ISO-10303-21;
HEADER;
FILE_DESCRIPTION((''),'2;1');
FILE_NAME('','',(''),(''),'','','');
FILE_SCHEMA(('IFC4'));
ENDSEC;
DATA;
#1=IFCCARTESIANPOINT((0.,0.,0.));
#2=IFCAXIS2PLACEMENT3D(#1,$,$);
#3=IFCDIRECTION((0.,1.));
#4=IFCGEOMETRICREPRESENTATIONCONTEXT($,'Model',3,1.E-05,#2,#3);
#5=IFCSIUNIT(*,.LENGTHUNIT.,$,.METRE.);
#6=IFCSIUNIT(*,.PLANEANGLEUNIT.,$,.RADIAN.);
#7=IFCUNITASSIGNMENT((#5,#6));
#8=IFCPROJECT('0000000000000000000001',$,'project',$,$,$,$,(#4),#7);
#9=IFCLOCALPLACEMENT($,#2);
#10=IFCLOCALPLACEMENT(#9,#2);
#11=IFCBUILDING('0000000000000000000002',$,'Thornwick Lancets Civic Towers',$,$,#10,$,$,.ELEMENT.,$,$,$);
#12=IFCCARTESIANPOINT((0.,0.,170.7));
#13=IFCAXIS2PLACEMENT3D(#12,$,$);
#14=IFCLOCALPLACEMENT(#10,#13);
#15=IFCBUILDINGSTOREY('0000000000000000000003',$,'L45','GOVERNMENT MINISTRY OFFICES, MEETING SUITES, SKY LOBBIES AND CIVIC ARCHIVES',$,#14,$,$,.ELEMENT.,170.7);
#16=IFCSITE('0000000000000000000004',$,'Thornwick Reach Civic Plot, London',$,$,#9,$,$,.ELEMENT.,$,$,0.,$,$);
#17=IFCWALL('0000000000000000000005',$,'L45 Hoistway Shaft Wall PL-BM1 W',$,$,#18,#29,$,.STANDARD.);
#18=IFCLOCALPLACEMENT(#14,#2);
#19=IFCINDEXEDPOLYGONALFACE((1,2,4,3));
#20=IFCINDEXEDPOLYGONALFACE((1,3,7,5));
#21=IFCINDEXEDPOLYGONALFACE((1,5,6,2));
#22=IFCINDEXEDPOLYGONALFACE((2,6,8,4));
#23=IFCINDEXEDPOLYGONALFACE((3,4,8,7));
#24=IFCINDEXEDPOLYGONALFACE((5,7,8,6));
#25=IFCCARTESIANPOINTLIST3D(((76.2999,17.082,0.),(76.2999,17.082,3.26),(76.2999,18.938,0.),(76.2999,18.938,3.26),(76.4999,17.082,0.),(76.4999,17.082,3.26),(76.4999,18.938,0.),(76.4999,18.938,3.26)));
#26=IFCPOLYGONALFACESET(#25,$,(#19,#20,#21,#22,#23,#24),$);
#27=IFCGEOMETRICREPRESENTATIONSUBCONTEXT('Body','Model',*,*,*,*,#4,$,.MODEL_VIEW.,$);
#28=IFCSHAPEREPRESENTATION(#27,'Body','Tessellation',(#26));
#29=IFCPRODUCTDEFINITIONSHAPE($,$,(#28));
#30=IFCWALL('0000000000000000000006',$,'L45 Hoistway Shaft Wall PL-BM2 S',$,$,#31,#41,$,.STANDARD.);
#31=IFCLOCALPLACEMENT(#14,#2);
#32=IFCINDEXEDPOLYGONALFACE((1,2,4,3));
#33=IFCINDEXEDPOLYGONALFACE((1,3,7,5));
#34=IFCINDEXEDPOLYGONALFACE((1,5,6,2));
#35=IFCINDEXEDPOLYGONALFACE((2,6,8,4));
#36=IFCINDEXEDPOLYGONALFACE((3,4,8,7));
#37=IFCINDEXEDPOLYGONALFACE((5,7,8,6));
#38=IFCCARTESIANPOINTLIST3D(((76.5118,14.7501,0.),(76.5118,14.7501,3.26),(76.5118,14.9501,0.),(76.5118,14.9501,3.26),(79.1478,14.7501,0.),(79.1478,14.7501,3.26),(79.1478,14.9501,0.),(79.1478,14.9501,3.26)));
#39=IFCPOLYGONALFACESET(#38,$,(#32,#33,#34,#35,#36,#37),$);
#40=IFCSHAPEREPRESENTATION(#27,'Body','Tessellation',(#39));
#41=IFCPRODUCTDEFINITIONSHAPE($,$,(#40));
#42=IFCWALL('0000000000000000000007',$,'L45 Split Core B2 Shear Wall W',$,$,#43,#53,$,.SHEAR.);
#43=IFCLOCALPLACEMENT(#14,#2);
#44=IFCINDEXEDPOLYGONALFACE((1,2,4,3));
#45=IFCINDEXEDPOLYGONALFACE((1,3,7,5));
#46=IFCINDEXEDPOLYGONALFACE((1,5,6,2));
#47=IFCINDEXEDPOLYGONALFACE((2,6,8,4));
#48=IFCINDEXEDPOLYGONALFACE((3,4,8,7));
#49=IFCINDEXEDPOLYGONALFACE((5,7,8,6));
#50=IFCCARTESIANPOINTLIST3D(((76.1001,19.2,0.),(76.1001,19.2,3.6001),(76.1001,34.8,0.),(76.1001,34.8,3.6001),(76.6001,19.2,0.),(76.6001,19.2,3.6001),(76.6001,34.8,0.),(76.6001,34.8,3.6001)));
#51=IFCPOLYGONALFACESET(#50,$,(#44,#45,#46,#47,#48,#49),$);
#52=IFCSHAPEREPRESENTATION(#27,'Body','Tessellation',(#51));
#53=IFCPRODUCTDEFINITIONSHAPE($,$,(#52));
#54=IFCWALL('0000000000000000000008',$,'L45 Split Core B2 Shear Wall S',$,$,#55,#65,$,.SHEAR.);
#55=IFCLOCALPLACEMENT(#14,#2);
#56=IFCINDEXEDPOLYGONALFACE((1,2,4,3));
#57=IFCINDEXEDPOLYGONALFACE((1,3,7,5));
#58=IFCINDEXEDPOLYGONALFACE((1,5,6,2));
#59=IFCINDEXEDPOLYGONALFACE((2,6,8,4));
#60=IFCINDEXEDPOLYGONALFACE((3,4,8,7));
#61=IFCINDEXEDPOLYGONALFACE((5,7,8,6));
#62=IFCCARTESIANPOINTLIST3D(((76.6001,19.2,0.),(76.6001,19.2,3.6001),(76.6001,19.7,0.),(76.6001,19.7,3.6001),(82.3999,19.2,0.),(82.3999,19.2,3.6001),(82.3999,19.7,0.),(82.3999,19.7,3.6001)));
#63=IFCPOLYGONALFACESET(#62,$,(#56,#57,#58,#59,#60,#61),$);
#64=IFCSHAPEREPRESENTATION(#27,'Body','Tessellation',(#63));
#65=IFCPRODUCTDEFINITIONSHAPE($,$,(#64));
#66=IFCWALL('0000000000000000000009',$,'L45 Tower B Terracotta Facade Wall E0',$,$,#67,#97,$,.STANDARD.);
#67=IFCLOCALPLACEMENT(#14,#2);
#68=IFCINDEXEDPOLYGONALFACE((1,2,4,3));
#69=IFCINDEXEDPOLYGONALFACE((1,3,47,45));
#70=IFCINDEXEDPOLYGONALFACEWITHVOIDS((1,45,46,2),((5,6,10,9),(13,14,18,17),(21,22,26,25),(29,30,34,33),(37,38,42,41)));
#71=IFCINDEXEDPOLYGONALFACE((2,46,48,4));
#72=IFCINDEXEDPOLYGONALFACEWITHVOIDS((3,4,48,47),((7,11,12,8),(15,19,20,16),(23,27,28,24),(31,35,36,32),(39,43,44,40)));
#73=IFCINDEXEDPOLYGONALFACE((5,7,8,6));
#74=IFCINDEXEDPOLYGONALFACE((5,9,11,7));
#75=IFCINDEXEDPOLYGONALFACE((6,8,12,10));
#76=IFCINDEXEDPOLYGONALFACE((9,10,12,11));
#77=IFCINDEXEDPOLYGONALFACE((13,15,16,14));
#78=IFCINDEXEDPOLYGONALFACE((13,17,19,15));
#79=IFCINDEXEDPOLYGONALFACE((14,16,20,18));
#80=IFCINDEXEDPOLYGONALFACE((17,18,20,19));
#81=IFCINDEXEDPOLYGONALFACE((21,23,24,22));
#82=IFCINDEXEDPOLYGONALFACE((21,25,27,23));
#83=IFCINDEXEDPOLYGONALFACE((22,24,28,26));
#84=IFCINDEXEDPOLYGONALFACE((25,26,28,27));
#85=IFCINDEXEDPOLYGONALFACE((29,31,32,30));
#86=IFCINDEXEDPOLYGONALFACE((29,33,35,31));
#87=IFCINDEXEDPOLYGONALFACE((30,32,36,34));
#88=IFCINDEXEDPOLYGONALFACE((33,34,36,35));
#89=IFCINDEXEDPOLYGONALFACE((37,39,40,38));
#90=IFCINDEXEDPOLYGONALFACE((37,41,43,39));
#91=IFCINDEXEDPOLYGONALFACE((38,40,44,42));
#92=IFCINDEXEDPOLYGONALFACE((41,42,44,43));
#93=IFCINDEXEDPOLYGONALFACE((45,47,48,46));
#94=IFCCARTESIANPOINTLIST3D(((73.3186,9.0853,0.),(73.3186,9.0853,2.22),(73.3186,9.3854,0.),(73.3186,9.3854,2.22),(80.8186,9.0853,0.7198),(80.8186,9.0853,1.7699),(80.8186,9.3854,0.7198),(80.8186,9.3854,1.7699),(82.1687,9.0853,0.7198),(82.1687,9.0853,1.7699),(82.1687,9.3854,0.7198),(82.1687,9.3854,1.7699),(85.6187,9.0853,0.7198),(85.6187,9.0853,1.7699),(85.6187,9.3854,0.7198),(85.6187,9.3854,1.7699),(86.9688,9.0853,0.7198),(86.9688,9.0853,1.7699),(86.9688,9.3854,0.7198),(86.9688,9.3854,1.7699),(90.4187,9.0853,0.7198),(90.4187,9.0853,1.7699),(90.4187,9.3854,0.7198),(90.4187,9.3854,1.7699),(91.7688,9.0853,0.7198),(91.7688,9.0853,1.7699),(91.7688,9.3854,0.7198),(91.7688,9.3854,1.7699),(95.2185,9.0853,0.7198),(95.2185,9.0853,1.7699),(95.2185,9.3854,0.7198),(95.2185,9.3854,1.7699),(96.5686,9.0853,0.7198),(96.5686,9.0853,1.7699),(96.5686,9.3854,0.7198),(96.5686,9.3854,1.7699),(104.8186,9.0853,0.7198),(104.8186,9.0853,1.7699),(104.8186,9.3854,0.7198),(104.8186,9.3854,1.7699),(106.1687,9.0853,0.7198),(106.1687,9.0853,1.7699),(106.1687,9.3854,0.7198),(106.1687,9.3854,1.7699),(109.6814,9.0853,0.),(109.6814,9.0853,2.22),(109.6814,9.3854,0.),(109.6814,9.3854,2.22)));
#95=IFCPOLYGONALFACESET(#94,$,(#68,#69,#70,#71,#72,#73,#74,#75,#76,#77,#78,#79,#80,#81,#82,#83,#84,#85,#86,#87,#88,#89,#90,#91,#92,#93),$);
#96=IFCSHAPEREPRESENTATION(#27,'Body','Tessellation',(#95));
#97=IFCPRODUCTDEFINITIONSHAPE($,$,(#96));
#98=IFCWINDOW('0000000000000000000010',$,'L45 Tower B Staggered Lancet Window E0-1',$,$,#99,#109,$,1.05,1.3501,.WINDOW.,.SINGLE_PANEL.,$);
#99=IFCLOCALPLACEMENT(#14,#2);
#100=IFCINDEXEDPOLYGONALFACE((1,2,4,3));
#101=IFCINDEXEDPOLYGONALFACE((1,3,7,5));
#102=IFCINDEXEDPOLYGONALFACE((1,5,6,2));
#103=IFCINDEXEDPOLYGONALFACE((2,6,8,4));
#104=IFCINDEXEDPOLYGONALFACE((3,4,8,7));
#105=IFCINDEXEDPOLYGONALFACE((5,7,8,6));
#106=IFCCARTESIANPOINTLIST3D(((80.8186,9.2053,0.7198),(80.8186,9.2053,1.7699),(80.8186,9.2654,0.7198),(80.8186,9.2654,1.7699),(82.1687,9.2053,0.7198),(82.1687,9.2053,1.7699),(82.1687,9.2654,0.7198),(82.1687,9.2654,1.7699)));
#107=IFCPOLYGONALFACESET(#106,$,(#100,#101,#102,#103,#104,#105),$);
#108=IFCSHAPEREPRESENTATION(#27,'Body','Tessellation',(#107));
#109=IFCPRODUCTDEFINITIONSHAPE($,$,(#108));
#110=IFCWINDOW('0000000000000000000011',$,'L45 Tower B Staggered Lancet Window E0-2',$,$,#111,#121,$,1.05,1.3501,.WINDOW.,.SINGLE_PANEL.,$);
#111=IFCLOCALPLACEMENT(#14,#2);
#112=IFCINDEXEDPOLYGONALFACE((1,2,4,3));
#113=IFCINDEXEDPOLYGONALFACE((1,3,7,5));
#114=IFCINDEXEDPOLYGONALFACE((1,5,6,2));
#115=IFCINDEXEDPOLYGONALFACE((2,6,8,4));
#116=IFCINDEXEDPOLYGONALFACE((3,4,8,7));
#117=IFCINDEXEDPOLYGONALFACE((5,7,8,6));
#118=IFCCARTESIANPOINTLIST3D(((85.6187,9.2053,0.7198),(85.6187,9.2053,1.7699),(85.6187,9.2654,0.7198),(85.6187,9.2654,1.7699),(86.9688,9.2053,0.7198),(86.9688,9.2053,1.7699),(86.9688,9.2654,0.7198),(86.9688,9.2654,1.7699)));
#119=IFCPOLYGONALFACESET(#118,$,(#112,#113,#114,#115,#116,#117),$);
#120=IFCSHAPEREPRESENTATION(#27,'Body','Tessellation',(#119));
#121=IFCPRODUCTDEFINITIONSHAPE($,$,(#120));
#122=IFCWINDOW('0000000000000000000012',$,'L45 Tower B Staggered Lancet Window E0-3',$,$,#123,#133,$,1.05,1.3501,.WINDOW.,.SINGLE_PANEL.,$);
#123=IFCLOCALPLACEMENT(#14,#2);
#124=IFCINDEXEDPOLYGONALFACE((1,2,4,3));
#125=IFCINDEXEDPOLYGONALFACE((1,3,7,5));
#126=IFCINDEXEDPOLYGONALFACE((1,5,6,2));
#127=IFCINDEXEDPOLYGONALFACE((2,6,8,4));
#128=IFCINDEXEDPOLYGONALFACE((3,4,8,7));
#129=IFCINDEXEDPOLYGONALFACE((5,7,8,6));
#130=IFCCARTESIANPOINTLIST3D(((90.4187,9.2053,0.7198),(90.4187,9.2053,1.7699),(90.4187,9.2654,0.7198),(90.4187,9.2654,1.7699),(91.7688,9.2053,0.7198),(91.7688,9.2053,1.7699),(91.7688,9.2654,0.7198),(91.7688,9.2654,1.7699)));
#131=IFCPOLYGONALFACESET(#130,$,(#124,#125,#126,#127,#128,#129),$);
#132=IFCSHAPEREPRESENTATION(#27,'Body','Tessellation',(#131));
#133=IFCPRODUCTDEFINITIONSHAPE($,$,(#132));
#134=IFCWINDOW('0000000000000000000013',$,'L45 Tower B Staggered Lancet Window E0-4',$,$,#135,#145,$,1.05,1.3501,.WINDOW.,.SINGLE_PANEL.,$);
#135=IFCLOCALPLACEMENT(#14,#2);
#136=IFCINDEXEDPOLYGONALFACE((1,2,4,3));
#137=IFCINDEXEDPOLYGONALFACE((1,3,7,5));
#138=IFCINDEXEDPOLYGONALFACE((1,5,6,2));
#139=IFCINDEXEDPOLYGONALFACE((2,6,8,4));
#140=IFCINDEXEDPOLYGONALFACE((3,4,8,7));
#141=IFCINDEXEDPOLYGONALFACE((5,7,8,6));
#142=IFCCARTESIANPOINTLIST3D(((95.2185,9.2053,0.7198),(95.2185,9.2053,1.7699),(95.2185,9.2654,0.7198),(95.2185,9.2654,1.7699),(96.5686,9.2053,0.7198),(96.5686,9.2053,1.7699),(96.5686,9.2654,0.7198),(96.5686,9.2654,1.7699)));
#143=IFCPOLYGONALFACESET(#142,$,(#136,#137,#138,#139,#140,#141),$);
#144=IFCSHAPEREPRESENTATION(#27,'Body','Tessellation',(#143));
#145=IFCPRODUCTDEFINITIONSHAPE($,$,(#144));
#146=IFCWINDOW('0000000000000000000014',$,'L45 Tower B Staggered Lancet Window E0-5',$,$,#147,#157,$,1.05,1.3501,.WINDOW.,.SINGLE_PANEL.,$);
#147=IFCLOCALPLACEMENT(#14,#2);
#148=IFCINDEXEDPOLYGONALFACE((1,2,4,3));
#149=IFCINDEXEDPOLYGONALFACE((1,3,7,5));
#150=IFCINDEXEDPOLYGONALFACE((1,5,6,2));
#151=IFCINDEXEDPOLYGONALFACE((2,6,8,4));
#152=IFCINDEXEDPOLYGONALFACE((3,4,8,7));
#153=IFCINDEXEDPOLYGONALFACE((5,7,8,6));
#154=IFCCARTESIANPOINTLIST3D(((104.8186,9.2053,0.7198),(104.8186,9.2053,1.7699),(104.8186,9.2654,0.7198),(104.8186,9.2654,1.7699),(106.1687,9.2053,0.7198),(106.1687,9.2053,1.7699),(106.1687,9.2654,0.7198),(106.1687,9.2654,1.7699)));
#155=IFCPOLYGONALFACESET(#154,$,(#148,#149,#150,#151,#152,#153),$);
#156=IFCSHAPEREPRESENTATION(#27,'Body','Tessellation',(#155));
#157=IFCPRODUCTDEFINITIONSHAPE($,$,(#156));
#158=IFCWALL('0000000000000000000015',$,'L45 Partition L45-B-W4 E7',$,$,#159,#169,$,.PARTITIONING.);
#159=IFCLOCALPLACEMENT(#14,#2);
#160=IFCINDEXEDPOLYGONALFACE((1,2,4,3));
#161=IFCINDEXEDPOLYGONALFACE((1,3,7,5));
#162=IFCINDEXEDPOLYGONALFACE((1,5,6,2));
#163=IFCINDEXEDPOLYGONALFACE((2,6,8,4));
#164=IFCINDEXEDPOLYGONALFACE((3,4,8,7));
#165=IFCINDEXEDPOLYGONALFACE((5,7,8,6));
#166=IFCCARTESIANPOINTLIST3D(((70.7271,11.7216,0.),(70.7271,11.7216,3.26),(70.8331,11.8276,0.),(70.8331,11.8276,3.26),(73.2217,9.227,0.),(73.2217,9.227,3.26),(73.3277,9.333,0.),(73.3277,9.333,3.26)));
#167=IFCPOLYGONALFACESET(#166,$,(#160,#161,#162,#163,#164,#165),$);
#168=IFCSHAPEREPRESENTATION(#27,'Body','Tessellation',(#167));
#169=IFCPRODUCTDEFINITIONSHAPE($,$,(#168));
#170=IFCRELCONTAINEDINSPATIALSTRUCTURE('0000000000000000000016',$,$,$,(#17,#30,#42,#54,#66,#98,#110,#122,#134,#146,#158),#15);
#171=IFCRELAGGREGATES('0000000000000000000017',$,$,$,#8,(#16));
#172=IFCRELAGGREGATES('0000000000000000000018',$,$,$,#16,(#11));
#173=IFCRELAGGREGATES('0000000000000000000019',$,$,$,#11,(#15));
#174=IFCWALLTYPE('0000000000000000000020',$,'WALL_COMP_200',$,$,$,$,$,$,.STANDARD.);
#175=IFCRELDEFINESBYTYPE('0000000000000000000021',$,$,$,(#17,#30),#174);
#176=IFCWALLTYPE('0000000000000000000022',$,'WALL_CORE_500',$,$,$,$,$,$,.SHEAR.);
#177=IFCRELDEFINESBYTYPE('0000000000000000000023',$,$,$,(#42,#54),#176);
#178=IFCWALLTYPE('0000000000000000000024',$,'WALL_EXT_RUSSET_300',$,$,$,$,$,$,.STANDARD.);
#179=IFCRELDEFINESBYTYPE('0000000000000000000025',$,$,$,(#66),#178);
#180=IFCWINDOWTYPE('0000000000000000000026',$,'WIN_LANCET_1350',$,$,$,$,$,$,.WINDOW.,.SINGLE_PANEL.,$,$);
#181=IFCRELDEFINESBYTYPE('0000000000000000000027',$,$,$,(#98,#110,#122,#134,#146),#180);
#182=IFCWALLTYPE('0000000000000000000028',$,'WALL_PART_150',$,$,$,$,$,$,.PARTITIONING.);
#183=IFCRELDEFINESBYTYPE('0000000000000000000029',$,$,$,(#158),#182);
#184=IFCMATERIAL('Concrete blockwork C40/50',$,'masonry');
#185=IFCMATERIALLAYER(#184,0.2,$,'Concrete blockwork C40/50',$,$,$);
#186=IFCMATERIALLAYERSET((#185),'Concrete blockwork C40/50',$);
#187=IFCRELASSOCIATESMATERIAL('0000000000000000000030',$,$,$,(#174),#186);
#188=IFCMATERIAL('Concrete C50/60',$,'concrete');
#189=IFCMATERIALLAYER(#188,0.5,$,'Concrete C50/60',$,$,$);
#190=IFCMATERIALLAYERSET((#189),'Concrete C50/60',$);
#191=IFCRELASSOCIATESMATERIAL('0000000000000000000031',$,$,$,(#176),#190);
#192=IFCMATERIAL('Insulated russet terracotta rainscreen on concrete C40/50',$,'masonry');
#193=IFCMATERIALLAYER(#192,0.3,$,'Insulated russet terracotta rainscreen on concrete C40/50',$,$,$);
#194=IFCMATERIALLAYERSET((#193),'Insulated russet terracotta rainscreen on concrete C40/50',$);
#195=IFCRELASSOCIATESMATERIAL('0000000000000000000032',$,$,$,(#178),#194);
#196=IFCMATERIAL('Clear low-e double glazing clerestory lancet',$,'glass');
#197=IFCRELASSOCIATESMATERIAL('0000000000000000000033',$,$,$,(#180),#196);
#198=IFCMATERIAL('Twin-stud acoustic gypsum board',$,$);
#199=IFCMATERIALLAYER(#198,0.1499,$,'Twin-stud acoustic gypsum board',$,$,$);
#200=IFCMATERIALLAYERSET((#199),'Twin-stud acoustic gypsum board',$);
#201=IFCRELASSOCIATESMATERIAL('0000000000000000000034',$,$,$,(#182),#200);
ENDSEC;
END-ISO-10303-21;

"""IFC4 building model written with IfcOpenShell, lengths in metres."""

from ifc_helpers import new_model, si_unit, direction, frame, frame_2d, origin, place, context, subcontext, project, spatial, rectangle, extrude, material, layer, layer_set, type_object, element, fill, save


model = new_model("IFC4")

# Units and contexts
model_context = context("Model", 3, precision=1e-05, world=origin(), true_north=direction((0.0, 1.0)))
body_context = subcontext(model_context, "Body", "Model", "MODEL_VIEW")
ifc_project = project(units=[si_unit("LENGTHUNIT", "METRE"), si_unit("PLANEANGLEUNIT", "RADIAN")], contexts=[model_context])

# Site, building, storey
site_placement = place(None, origin())
site = spatial("IfcSite", under=ifc_project, at=site_placement, Name="Thornwick Reach Civic Plot, London", CompositionType="ELEMENT", RefElevation=0.0)
building_placement = place(site_placement, origin())
building = spatial("IfcBuilding", under=site, at=building_placement, Name="Thornwick Lancets Civic Towers", CompositionType="ELEMENT")
storey_placement = place(building_placement, frame((0.0, 0.0, 170.7)))
storey = spatial("IfcBuildingStorey", under=building, at=storey_placement, Name="L45", Description="GOVERNMENT MINISTRY OFFICES, MEETING SUITES, SKY LOBBIES AND CIVIC ARCHIVES", CompositionType="ELEMENT", Elevation=170.7)

# Shared definitions
ifc_material_1 = material(Name="Concrete C50/60", Category="concrete")

# Walls
ifc_material_2 = material(Name="Concrete blockwork C40/50", Category="masonry")
ifc_layer_1 = layer(ifc_material_2, 0.2, Name="Concrete blockwork C40/50")
ifc_layer_set_1 = layer_set([ifc_layer_1], Name="Concrete blockwork C40/50")
wall_type_1 = type_object("IfcWallType", Name="WALL_COMP_200", PredefinedType="STANDARD", material=ifc_layer_set_1)
wall_1_placement = place(storey_placement, frame((76.3999, 17.082, 0.0), z_axis=(0.0, 0.0, 1.0), x_axis=(0.0, 1.0, 0.0)))
element("IfcWall", 1, at=wall_1_placement, inside=storey, type_object=wall_type_1, Name="L45 Hoistway Shaft Wall PL-BM1 W", PredefinedType="STANDARD", context=body_context, shape_type="SweptSolid", body=[
    extrude(rectangle(XDim=1.856, YDim=0.2, at=frame_2d((0.928, 0.0))), origin(), (0.0, 0.0, 1.0), 3.26),
])
wall_2_placement = place(storey_placement, frame((76.512, 14.8501, 0.0), z_axis=(0.0, 0.0, 1.0), x_axis=(1.0, 0.0, 0.0)))
element("IfcWall", 2, at=wall_2_placement, inside=storey, type_object=wall_type_1, Name="L45 Hoistway Shaft Wall PL-BM2 S", PredefinedType="STANDARD", context=body_context, shape_type="SweptSolid", body=[
    extrude(rectangle(XDim=2.636, YDim=0.2, at=frame_2d((1.3179, 0.0))), origin(), (0.0, 0.0, 1.0), 3.26),
])
ifc_layer_2 = layer(ifc_material_1, 0.5, Name="Concrete C50/60")
ifc_layer_set_2 = layer_set([ifc_layer_2], Name="Concrete C50/60")
wall_type_2 = type_object("IfcWallType", Name="WALL_CORE_500", PredefinedType="SHEAR", material=ifc_layer_set_2)
wall_3_placement = place(storey_placement, frame((76.3501, 19.2, 0.0), z_axis=(0.0, 0.0, 1.0), x_axis=(0.0, 1.0, 0.0)))
element("IfcWall", 3, at=wall_3_placement, inside=storey, type_object=wall_type_2, Name="L45 Split Core B2 Shear Wall W", PredefinedType="SHEAR", context=body_context, shape_type="SweptSolid", body=[
    extrude(rectangle(XDim=15.6001, YDim=0.5, at=frame_2d((7.8, 0.0))), origin(), (0.0, 0.0, 1.0), 3.6001),
])
wall_4_placement = place(storey_placement, frame((76.6001, 19.45, 0.0), z_axis=(0.0, 0.0, 1.0), x_axis=(1.0, 0.0, 0.0)))
element("IfcWall", 4, at=wall_4_placement, inside=storey, type_object=wall_type_2, Name="L45 Split Core B2 Shear Wall S", PredefinedType="SHEAR", context=body_context, shape_type="SweptSolid", body=[
    extrude(rectangle(XDim=5.7998, YDim=0.5, at=frame_2d((2.8999, 0.0))), origin(), (0.0, 0.0, 1.0), 3.6001),
])

# Wall, openings, windows
ifc_material_3 = material(Name="Insulated russet terracotta rainscreen on concrete C40/50", Category="masonry")
ifc_layer_3 = layer(ifc_material_3, 0.3, Name="Insulated russet terracotta rainscreen on concrete C40/50")
ifc_layer_set_3 = layer_set([ifc_layer_3], Name="Insulated russet terracotta rainscreen on concrete C40/50")
wall_type_3 = type_object("IfcWallType", Name="WALL_EXT_RUSSET_300", PredefinedType="STANDARD", material=ifc_layer_set_3)
wall_5_placement = place(storey_placement, frame((73.3186, 9.2354, 0.0), z_axis=(0.0, 0.0, 1.0), x_axis=(1.0, 0.0, 0.0)))
wall_5 = element("IfcWall", 5, at=wall_5_placement, inside=storey, type_object=wall_type_3, Name="L45 Tower B Terracotta Facade Wall E0", PredefinedType="STANDARD", context=body_context, shape_type="SweptSolid", body=[
    extrude(rectangle(XDim=36.3628, YDim=0.3, at=frame_2d((18.1814, 0.0))), origin(), (0.0, 0.0, 1.0), 2.22),
])
opening_1_placement = place(wall_5_placement, frame((7.5, 0.0, 0.72)))
opening_1 = element("IfcOpeningElement", 6, at=opening_1_placement, cuts=wall_5, PredefinedType="OPENING", context=body_context, shape_type="SweptSolid", body=[
    extrude(rectangle(XDim=1.3501, YDim=1.05, at=frame_2d((0.675, 0.5249))), frame((0.0, 0.1602, 0.0), z_axis=(0.0, -1.0, 0.0), x_axis=(1.0, 0.0, 0.0)), (0.0, 0.0, 1.0), 0.3201),
])
opening_2_placement = place(wall_5_placement, frame((12.3, 0.0, 0.72)))
opening_2 = element("IfcOpeningElement", 7, at=opening_2_placement, cuts=wall_5, PredefinedType="OPENING", context=body_context, shape_type="SweptSolid", body=[
    extrude(rectangle(XDim=1.3501, YDim=1.05, at=frame_2d((0.675, 0.5249))), frame((0.0, 0.1602, 0.0), z_axis=(0.0, -1.0, 0.0), x_axis=(1.0, 0.0, 0.0)), (0.0, 0.0, 1.0), 0.3201),
])
opening_3_placement = place(wall_5_placement, frame((17.1001, 0.0, 0.72)))
opening_3 = element("IfcOpeningElement", 8, at=opening_3_placement, cuts=wall_5, PredefinedType="OPENING", context=body_context, shape_type="SweptSolid", body=[
    extrude(rectangle(XDim=1.3501, YDim=1.05, at=frame_2d((0.675, 0.5249))), frame((0.0, 0.1602, 0.0), z_axis=(0.0, -1.0, 0.0), x_axis=(1.0, 0.0, 0.0)), (0.0, 0.0, 1.0), 0.3201),
])
opening_4_placement = place(wall_5_placement, frame((21.8999, 0.0, 0.72)))
opening_4 = element("IfcOpeningElement", 9, at=opening_4_placement, cuts=wall_5, PredefinedType="OPENING", context=body_context, shape_type="SweptSolid", body=[
    extrude(rectangle(XDim=1.3501, YDim=1.05, at=frame_2d((0.675, 0.5249))), frame((0.0, 0.1602, 0.0), z_axis=(0.0, -1.0, 0.0), x_axis=(1.0, 0.0, 0.0)), (0.0, 0.0, 1.0), 0.3201),
])
opening_5_placement = place(wall_5_placement, frame((31.5, 0.0, 0.72)))
opening_5 = element("IfcOpeningElement", 10, at=opening_5_placement, cuts=wall_5, PredefinedType="OPENING", context=body_context, shape_type="SweptSolid", body=[
    extrude(rectangle(XDim=1.3501, YDim=1.05, at=frame_2d((0.675, 0.5249))), frame((0.0, 0.1602, 0.0), z_axis=(0.0, -1.0, 0.0), x_axis=(1.0, 0.0, 0.0)), (0.0, 0.0, 1.0), 0.3201),
])
ifc_material_4 = material(Name="Clear low-e double glazing clerestory lancet", Category="glass")
window_type = type_object("IfcWindowType", Name="WIN_LANCET_1350", PartitioningType="SINGLE_PANEL", PredefinedType="WINDOW", material=ifc_material_4)
window_1_placement = place(opening_1_placement, origin())
window_1 = element("IfcWindow", 11, at=window_1_placement, inside=storey, type_object=window_type, Name="L45 Tower B Staggered Lancet Window E0-1", OverallHeight=1.05, OverallWidth=1.3501, PartitioningType="SINGLE_PANEL", PredefinedType="WINDOW", context=body_context, shape_type="SweptSolid", body=[
    extrude(rectangle(XDim=1.3501, YDim=1.05, at=frame_2d((0.675, 0.5249))), frame((0.0, 0.03, 0.0), z_axis=(0.0, -1.0, 0.0), x_axis=(1.0, 0.0, 0.0)), (0.0, 0.0, 1.0), 0.0601),
])
fill(opening_1, window_1)
window_2_placement = place(opening_2_placement, origin())
window_2 = element("IfcWindow", 12, at=window_2_placement, inside=storey, type_object=window_type, Name="L45 Tower B Staggered Lancet Window E0-2", OverallHeight=1.05, OverallWidth=1.3501, PartitioningType="SINGLE_PANEL", PredefinedType="WINDOW", context=body_context, shape_type="SweptSolid", body=[
    extrude(rectangle(XDim=1.3501, YDim=1.05, at=frame_2d((0.675, 0.5249))), frame((0.0, 0.03, 0.0), z_axis=(0.0, -1.0, 0.0), x_axis=(1.0, 0.0, 0.0)), (0.0, 0.0, 1.0), 0.0601),
])
fill(opening_2, window_2)
window_3_placement = place(opening_3_placement, origin())
window_3 = element("IfcWindow", 13, at=window_3_placement, inside=storey, type_object=window_type, Name="L45 Tower B Staggered Lancet Window E0-3", OverallHeight=1.05, OverallWidth=1.3501, PartitioningType="SINGLE_PANEL", PredefinedType="WINDOW", context=body_context, shape_type="SweptSolid", body=[
    extrude(rectangle(XDim=1.3501, YDim=1.05, at=frame_2d((0.675, 0.5249))), frame((0.0, 0.03, 0.0), z_axis=(0.0, -1.0, 0.0), x_axis=(1.0, 0.0, 0.0)), (0.0, 0.0, 1.0), 0.0601),
])
fill(opening_3, window_3)
window_4_placement = place(opening_4_placement, origin())
window_4 = element("IfcWindow", 14, at=window_4_placement, inside=storey, type_object=window_type, Name="L45 Tower B Staggered Lancet Window E0-4", OverallHeight=1.05, OverallWidth=1.3501, PartitioningType="SINGLE_PANEL", PredefinedType="WINDOW", context=body_context, shape_type="SweptSolid", body=[
    extrude(rectangle(XDim=1.3501, YDim=1.05, at=frame_2d((0.675, 0.5249))), frame((0.0, 0.03, 0.0), z_axis=(0.0, -1.0, 0.0), x_axis=(1.0, 0.0, 0.0)), (0.0, 0.0, 1.0), 0.0601),
])
fill(opening_4, window_4)
window_5_placement = place(opening_5_placement, origin())
window_5 = element("IfcWindow", 15, at=window_5_placement, inside=storey, type_object=window_type, Name="L45 Tower B Staggered Lancet Window E0-5", OverallHeight=1.05, OverallWidth=1.3501, PartitioningType="SINGLE_PANEL", PredefinedType="WINDOW", context=body_context, shape_type="SweptSolid", body=[
    extrude(rectangle(XDim=1.3501, YDim=1.05, at=frame_2d((0.675, 0.5249))), frame((0.0, 0.03, 0.0), z_axis=(0.0, -1.0, 0.0), x_axis=(1.0, 0.0, 0.0)), (0.0, 0.0, 1.0), 0.0601),
])
fill(opening_5, window_5)

# Wall
ifc_material_5 = material(Name="Twin-stud acoustic gypsum board")
ifc_layer_4 = layer(ifc_material_5, 0.1499, Name="Twin-stud acoustic gypsum board")
ifc_layer_set_4 = layer_set([ifc_layer_4], Name="Twin-stud acoustic gypsum board")
wall_type_4 = type_object("IfcWallType", Name="WALL_PART_150", PredefinedType="PARTITIONING", material=ifc_layer_set_4)
wall_6_placement = place(storey_placement, frame((73.2747, 9.28, 0.0), z_axis=(0.0, 0.0, 1.0), x_axis=(-0.707107, 0.707107, 0.0)))
element("IfcWall", 16, at=wall_6_placement, inside=storey, type_object=wall_type_4, Name="L45 Partition L45-B-W4 E7", PredefinedType="PARTITIONING", context=body_context, shape_type="SweptSolid", body=[
    extrude(rectangle(XDim=3.5278, YDim=0.1499, at=frame_2d((1.7639, 0.0))), origin(), (0.0, 0.0, 1.0), 3.26),
])

save(model, "model.ifc")
